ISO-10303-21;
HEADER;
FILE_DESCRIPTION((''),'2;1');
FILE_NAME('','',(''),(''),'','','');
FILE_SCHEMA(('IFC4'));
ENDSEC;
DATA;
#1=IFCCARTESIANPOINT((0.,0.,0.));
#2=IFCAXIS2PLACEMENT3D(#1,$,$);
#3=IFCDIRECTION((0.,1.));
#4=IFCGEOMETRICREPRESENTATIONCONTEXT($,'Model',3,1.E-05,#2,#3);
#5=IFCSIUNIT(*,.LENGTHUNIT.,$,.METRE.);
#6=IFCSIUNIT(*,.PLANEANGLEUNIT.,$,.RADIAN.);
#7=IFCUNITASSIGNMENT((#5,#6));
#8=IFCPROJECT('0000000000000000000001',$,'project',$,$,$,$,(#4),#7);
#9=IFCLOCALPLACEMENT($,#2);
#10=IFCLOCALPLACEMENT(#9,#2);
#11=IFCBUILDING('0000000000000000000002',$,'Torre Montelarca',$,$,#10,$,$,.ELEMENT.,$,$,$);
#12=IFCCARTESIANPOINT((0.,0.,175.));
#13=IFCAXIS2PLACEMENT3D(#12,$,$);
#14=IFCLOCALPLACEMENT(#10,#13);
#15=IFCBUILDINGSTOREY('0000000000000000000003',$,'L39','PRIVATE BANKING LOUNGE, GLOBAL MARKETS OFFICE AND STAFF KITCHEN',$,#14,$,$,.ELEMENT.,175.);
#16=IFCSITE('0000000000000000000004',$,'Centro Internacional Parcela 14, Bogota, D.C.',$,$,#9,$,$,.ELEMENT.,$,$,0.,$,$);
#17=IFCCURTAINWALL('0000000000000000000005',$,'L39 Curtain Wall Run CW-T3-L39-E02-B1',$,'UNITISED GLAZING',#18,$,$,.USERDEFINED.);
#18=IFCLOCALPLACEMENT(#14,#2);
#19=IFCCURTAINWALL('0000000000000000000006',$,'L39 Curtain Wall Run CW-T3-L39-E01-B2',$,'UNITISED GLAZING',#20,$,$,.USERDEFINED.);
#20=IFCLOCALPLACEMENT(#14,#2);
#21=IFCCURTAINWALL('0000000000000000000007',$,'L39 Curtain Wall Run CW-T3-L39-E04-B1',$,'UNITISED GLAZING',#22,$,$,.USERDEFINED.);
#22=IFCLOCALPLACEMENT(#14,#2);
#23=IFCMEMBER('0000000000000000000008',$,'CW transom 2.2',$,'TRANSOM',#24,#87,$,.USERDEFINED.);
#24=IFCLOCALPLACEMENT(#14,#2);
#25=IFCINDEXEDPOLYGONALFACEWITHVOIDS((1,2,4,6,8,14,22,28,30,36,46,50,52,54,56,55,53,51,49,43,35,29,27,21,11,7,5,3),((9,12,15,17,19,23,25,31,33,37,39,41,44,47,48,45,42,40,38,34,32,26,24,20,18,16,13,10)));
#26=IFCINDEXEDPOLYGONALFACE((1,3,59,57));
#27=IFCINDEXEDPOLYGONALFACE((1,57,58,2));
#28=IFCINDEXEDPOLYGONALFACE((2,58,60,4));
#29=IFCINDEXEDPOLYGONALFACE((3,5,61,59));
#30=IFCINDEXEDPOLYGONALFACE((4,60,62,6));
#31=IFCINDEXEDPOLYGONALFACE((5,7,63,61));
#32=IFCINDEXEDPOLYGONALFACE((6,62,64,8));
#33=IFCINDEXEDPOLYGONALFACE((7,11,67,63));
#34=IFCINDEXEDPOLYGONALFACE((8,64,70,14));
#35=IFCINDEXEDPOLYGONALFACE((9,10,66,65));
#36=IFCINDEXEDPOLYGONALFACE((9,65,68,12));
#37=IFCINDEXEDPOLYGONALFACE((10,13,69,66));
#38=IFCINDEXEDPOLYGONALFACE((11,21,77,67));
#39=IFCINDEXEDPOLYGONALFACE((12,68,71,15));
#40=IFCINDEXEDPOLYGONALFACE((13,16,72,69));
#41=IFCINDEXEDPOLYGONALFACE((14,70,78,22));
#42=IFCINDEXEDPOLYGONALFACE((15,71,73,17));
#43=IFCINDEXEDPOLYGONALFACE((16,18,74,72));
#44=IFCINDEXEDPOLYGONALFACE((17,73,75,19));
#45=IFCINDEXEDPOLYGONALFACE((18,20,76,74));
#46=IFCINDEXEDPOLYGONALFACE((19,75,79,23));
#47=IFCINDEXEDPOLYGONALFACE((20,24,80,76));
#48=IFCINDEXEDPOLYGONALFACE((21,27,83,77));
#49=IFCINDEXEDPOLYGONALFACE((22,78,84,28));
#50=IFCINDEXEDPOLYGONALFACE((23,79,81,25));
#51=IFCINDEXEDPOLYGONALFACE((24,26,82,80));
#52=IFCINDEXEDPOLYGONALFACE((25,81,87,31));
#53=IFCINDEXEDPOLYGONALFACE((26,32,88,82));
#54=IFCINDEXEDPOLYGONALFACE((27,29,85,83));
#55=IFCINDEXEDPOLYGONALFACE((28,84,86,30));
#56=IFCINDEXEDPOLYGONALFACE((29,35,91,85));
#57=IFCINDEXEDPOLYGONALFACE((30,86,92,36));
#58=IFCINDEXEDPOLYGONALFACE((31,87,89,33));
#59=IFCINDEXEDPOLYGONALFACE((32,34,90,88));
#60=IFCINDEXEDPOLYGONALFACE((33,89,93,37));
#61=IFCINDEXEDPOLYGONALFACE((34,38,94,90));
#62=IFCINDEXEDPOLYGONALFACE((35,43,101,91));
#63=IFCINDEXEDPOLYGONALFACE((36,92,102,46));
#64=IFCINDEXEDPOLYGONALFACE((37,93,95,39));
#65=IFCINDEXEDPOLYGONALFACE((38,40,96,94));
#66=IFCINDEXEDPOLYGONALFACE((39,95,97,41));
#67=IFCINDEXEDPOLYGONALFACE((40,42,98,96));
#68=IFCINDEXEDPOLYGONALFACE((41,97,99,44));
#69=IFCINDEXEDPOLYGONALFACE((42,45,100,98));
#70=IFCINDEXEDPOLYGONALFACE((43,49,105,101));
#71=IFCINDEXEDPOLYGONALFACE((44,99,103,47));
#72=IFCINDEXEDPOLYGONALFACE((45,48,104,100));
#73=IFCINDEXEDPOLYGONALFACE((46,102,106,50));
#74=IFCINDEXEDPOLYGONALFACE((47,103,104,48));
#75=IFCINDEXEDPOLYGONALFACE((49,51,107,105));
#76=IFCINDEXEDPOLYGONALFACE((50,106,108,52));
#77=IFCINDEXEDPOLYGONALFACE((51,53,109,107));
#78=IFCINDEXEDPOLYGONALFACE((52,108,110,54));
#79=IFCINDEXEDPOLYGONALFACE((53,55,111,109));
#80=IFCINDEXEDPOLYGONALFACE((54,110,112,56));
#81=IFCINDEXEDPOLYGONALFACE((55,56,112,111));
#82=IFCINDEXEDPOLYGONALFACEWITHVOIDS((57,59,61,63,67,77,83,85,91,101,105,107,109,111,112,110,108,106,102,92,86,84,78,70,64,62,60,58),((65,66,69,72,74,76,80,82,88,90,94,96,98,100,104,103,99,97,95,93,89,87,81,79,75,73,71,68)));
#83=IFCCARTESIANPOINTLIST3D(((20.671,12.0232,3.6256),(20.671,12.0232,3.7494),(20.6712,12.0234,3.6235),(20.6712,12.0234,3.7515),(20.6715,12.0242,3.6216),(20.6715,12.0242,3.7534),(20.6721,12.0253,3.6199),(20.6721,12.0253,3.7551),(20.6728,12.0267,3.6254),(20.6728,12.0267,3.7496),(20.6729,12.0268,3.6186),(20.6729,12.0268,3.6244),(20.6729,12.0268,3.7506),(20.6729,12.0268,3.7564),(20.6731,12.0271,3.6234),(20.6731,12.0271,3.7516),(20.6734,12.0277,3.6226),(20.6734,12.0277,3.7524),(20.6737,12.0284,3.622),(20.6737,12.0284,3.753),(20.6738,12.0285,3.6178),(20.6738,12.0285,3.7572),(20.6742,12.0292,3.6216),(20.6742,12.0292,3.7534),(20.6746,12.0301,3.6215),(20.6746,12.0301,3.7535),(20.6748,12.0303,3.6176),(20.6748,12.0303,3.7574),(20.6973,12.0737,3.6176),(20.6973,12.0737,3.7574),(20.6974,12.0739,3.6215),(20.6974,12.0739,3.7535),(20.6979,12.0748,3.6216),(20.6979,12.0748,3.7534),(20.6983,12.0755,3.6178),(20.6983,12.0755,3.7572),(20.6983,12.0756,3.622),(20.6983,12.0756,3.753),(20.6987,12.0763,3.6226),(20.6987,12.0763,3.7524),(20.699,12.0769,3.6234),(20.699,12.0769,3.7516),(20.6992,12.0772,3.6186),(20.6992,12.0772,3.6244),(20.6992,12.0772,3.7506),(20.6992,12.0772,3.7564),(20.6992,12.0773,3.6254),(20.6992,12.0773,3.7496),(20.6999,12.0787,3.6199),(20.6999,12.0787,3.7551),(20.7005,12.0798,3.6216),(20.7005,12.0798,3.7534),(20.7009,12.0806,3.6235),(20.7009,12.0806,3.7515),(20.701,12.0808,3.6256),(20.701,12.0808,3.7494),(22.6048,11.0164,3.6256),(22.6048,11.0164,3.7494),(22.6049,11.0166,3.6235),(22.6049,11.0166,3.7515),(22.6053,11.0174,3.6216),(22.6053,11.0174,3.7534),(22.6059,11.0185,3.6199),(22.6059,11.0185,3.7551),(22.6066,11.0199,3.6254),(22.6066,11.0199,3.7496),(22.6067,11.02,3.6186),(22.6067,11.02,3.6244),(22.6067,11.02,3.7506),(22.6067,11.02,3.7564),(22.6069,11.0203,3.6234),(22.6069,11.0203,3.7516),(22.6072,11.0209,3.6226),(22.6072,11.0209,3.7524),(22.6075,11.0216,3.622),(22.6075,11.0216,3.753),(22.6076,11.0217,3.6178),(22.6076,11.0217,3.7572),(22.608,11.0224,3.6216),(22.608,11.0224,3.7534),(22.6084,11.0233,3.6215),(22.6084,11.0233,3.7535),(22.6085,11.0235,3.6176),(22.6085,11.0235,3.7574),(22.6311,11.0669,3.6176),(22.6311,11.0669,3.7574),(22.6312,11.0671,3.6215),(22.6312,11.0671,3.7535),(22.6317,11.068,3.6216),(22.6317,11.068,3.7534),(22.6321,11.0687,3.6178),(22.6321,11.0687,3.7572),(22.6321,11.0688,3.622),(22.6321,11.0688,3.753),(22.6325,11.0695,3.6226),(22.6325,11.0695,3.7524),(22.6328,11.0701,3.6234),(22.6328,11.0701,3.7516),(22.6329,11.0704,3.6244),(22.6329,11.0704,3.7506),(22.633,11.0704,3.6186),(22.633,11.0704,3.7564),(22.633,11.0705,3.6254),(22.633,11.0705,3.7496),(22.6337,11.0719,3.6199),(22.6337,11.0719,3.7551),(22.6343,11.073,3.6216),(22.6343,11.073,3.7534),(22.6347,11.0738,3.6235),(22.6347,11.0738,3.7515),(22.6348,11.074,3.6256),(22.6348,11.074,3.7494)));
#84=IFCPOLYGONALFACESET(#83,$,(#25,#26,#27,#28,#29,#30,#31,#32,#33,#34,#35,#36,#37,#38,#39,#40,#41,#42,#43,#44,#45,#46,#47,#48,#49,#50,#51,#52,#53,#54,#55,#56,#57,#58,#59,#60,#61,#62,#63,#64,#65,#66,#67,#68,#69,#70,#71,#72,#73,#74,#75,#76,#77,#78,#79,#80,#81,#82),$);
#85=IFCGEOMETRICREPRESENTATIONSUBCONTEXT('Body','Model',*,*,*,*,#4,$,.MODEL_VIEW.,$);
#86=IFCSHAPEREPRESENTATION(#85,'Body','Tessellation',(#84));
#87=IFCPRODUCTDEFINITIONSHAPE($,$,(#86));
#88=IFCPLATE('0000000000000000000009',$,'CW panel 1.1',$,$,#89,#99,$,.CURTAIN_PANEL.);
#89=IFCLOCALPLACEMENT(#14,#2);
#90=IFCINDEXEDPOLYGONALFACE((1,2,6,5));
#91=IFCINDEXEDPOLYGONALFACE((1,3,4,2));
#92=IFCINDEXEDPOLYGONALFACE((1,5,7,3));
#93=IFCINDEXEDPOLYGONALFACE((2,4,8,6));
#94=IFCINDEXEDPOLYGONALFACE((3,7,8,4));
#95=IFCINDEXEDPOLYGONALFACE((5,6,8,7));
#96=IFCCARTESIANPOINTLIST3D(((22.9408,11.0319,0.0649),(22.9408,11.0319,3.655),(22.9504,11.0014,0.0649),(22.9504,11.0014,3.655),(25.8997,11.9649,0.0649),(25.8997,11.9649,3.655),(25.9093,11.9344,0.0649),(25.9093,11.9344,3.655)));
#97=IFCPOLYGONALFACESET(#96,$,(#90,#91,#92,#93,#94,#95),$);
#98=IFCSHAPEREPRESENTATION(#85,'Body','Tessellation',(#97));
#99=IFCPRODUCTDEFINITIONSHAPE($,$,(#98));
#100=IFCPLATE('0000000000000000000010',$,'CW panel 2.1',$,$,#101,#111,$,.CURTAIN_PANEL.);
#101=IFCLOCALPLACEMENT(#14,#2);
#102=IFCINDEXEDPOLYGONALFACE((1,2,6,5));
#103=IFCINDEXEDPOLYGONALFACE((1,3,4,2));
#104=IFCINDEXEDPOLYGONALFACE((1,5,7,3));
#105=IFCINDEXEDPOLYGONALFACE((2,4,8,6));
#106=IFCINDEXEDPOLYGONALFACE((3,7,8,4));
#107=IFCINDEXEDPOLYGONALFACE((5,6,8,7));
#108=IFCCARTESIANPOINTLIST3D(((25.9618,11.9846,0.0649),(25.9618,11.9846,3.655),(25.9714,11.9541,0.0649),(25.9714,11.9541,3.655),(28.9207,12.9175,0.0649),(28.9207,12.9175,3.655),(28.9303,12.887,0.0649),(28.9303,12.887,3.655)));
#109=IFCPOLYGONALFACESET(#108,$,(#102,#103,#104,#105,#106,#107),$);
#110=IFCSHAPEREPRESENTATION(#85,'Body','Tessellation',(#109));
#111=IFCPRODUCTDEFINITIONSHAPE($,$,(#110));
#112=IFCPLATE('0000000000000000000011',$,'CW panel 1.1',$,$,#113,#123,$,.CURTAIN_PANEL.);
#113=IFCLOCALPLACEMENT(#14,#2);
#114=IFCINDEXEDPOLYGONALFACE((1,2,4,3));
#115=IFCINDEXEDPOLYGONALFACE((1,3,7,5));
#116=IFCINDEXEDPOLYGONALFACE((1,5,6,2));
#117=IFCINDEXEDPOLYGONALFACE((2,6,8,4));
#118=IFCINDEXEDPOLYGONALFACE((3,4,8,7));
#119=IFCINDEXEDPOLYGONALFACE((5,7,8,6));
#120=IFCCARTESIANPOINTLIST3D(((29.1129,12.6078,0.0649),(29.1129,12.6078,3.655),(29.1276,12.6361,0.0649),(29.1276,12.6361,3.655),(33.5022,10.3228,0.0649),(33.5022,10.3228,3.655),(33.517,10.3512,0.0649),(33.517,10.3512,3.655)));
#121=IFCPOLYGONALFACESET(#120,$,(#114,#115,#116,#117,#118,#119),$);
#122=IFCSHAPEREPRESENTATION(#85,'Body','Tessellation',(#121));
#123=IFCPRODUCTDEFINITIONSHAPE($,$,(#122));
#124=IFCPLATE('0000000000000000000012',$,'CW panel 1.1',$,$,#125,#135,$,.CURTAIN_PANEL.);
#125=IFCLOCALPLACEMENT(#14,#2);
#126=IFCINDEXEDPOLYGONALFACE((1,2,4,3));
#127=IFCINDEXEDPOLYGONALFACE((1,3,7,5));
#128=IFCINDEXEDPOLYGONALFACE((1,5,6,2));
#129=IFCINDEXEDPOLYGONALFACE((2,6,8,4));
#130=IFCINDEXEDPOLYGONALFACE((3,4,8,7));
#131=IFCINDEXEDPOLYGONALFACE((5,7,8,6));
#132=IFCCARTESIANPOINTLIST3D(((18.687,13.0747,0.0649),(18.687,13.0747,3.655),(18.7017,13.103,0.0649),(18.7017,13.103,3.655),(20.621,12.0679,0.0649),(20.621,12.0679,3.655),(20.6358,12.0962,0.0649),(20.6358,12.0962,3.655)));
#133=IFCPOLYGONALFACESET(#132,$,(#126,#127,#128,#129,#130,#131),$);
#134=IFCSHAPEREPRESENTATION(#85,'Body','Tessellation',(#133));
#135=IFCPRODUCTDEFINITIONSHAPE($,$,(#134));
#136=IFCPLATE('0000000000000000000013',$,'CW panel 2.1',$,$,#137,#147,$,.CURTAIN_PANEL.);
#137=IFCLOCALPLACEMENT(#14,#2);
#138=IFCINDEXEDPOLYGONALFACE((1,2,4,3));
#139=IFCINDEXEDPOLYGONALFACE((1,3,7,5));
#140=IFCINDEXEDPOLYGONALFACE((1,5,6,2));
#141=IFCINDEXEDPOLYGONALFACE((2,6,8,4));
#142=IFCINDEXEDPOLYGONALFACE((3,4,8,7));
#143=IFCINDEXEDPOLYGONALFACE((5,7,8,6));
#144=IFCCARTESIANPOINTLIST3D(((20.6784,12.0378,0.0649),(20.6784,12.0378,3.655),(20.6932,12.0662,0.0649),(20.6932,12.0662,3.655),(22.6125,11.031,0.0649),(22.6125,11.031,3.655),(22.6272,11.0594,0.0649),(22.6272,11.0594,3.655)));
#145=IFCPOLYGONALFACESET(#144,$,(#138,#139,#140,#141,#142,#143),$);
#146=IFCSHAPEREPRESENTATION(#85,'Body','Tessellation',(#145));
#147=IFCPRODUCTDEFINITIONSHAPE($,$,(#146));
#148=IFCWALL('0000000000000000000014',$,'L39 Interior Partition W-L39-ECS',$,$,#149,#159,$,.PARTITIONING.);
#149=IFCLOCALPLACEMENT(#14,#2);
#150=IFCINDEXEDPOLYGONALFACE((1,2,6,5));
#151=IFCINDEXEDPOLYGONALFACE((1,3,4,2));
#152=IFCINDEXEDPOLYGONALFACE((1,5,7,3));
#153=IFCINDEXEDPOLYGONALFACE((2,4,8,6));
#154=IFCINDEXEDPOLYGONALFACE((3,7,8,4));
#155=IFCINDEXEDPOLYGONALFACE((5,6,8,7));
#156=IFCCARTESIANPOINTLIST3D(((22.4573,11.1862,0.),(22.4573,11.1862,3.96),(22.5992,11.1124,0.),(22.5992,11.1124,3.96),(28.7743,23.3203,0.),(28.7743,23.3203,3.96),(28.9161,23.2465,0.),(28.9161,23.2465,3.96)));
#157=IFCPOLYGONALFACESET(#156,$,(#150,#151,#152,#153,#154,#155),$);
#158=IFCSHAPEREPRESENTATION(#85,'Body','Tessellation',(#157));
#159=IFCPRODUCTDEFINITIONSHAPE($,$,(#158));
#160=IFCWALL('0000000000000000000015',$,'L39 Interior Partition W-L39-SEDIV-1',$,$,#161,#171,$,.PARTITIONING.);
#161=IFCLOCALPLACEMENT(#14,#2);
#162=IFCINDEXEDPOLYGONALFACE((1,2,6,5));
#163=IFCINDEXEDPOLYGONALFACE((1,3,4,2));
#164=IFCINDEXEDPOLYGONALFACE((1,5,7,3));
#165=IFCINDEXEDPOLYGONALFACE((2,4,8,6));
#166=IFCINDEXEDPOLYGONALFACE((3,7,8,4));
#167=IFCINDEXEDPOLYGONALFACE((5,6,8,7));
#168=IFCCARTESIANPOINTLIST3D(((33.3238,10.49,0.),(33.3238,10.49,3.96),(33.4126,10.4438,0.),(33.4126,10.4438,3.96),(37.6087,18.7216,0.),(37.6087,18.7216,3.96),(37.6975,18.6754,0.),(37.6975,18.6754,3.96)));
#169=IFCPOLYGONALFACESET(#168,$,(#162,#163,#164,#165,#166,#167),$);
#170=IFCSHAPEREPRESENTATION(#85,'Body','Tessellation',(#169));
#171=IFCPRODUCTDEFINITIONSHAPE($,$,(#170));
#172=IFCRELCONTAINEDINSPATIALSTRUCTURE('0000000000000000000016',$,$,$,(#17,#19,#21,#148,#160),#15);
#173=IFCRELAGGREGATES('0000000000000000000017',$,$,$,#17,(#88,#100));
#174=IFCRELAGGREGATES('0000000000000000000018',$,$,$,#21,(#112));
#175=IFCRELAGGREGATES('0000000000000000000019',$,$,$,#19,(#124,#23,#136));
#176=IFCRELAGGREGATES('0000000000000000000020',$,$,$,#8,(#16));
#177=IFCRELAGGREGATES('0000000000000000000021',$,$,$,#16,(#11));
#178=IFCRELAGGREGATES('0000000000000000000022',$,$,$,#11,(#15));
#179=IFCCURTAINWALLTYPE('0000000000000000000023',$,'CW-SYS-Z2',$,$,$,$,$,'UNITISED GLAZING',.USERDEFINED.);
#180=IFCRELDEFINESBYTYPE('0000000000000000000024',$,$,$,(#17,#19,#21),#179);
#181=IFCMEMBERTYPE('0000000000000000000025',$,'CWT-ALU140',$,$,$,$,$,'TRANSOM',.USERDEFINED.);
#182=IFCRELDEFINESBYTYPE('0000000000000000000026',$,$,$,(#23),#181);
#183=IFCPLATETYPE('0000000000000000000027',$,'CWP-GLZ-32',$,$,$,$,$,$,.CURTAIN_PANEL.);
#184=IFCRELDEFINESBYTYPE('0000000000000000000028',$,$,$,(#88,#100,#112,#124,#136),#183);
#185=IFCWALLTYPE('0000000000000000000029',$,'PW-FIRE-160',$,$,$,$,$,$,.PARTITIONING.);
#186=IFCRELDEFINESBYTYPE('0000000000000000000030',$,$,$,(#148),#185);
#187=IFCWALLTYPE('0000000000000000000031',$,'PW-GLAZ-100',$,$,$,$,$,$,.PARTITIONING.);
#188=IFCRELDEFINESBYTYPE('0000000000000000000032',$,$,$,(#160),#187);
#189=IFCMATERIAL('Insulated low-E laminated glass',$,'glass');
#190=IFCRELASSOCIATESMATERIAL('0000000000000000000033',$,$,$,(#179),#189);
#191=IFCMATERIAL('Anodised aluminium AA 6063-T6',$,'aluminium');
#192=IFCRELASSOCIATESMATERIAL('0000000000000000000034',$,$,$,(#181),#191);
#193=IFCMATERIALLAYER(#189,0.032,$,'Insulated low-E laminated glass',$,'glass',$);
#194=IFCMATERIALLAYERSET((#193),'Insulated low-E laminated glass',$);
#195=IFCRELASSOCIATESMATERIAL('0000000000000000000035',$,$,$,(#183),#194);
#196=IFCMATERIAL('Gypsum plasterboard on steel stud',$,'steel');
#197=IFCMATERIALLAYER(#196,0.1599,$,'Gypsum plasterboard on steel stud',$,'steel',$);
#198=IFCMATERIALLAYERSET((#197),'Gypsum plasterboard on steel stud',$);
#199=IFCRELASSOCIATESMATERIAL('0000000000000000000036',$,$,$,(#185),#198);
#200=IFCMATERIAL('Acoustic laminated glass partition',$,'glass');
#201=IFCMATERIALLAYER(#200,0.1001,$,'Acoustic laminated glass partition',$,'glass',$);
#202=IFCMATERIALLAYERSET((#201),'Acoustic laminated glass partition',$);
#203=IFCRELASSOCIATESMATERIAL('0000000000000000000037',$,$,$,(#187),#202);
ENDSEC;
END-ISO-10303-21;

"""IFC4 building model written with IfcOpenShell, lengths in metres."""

from ifc_helpers import new_model, si_unit, direction, frame, frame_2d, origin, origin_2d, place, context, subcontext, project, spatial, rectangle, hollow_rectangle, extrude, source, transform, mapped, material, layer, layer_set, material_profile, profile_set, type_object, element, aggregate, save


model = new_model("IFC4")

# Units and contexts
model_context = context("Model", 3, precision=1e-05, world=origin(), true_north=direction((0.0, 1.0)))
body_context = subcontext(model_context, "Body", "Model", "MODEL_VIEW")
ifc_project = project(units=[si_unit("LENGTHUNIT", "METRE"), si_unit("PLANEANGLEUNIT", "RADIAN")], contexts=[model_context])

# Site, building, storey
site_placement = place(None, origin())
site = spatial("IfcSite", under=ifc_project, at=site_placement, Name="Centro Internacional Parcela 14, Bogota, D.C.", CompositionType="ELEMENT", RefElevation=0.0)
building_placement = place(site_placement, origin())
building = spatial("IfcBuilding", under=site, at=building_placement, Name="Torre Montelarca", CompositionType="ELEMENT")
storey_placement = place(building_placement, frame((0.0, 0.0, 175.0)))
storey = spatial("IfcBuildingStorey", under=building, at=storey_placement, Name="L39", Description="PRIVATE BANKING LOUNGE, GLOBAL MARKETS OFFICE AND STAFF KITCHEN", CompositionType="ELEMENT", Elevation=175.0)

# Curtain walls
ifc_material_1 = material(Name="Insulated low-E laminated glass", Category="glass")
curtain_wall_type = type_object("IfcCurtainWallType", Name="CW-SYS-Z2", ElementType="UNITISED GLAZING", PredefinedType="USERDEFINED", material=ifc_material_1)
curtain_wall_1_placement = place(storey_placement, origin())
curtain_wall_1 = element("IfcCurtainWall", 1, at=curtain_wall_1_placement, inside=storey, type_object=curtain_wall_type, Name="L39 Curtain Wall Run CW-T3-L39-E02-B1", ObjectType="UNITISED GLAZING", PredefinedType="USERDEFINED")
ifc_material_2 = material(Name="Anodised aluminium AA 6063-T6", Category="aluminium")
ifc_material_profile_1 = material_profile(ifc_material_2, hollow_rectangle(XDim=0.0649, YDim=0.1399, WallThickness=0.0039, InnerFilletRadius=0.0039, OuterFilletRadius=0.0081, at=origin_2d()), Name="ALU65X140X4", Category="aluminium")
ifc_profile_set_1 = profile_set([ifc_material_profile_1], Name="Anodised aluminium AA 6063-T6")
member_type_1 = type_object("IfcMemberType", Name="CWT-ALU140", ElementType="TRANSOM", PredefinedType="USERDEFINED", material=ifc_profile_set_1)
curtain_wall_2_placement = place(storey_placement, origin())
curtain_wall_2 = element("IfcCurtainWall", 2, at=curtain_wall_2_placement, inside=storey, type_object=curtain_wall_type, Name="L39 Curtain Wall Run CW-T3-L39-E01-B2", ObjectType="UNITISED GLAZING", PredefinedType="USERDEFINED")

# Curtain wall
curtain_wall_3_placement = place(storey_placement, origin())
curtain_wall_3 = element("IfcCurtainWall", 3, at=curtain_wall_3_placement, inside=storey, type_object=curtain_wall_type, Name="L39 Curtain Wall Run CW-T3-L39-E04-B1", ObjectType="UNITISED GLAZING", PredefinedType="USERDEFINED")

# Member
shared_shape_1 = source(origin(), body_context, "Body", "SweptSolid", [
    extrude(hollow_rectangle(XDim=0.0649, YDim=0.1399, WallThickness=0.0039, InnerFilletRadius=0.0039, OuterFilletRadius=0.0081, at=origin_2d()), origin(), (0.0, 0.0, 1.0), 2.1802),
])
member_1_placement = place(storey_placement, frame((20.686, 12.052, 3.6875), z_axis=(0.886984, -0.4618, 0.0), x_axis=(0.4618, 0.886984, 0.0)))
member_1 = element("IfcMember", 4, at=member_1_placement, type_object=member_type_1, Name="CW transom 2.2", ObjectType="TRANSOM", PredefinedType="USERDEFINED", context=body_context, shape_type="MappedRepresentation", body=[
    mapped(shared_shape_1, transform((0.0, 0.0, 0.0), scale=1.0)),
])

# Plates
ifc_layer_1 = layer(ifc_material_1, 0.032, Name="Insulated low-E laminated glass", Category="glass")
ifc_layer_set_1 = layer_set([ifc_layer_1], Name="Insulated low-E laminated glass")
plate_type = type_object("IfcPlateType", Name="CWP-GLZ-32", PredefinedType="CURTAIN_PANEL", material=ifc_layer_set_1)
shared_shape_2 = source(origin(), body_context, "Body", "SweptSolid", [
    extrude(rectangle(XDim=3.1025, YDim=0.032, at=origin_2d()), origin(), (0.0, 0.0, 1.0), 3.5901),
])
plate_1_placement = place(storey_placement, frame((24.425, 11.4832, 0.0649), z_axis=(0.0, 0.0, 1.0), x_axis=(0.953718, 0.300703, 0.0)))
plate_1 = element("IfcPlate", 5, at=plate_1_placement, type_object=plate_type, Name="CW panel 1.1", PredefinedType="CURTAIN_PANEL", context=body_context, shape_type="MappedRepresentation", body=[
    mapped(shared_shape_2, transform((0.0, 0.0, 0.0), scale=1.0)),
])
plate_2_placement = place(storey_placement, frame((27.446, 12.4358, 0.0649), z_axis=(0.0, 0.0, 1.0), x_axis=(0.953718, 0.300703, 0.0)))
plate_2 = element("IfcPlate", 6, at=plate_2_placement, type_object=plate_type, Name="CW panel 2.1", PredefinedType="CURTAIN_PANEL", context=body_context, shape_type="MappedRepresentation", body=[
    mapped(shared_shape_2, transform((0.0, 0.0, 0.0), scale=1.0)),
])
aggregate(curtain_wall_1, [plate_1, plate_2])
shared_shape_3 = source(origin(), body_context, "Body", "SweptSolid", [
    extrude(rectangle(XDim=4.9485, YDim=0.032, at=origin_2d()), origin(), (0.0, 0.0, 1.0), 3.5901),
])
plate_3_placement = place(storey_placement, frame((31.3149, 11.4795, 0.0649), z_axis=(0.0, 0.0, 1.0), x_axis=(0.887013, -0.461744, 0.0)))
plate_3 = element("IfcPlate", 7, at=plate_3_placement, type_object=plate_type, Name="CW panel 1.1", PredefinedType="CURTAIN_PANEL", context=body_context, shape_type="MappedRepresentation", body=[
    mapped(shared_shape_3, transform((0.0, 0.0, 0.0), scale=1.0)),
])
aggregate(curtain_wall_3, [plate_3])
shared_shape_4 = source(origin(), body_context, "Body", "SweptSolid", [
    extrude(rectangle(XDim=2.1804, YDim=0.032, at=origin_2d()), origin(), (0.0, 0.0, 1.0), 3.5901),
])
plate_4_placement = place(storey_placement, frame((19.6614, 12.5854, 0.0649), z_axis=(0.0, 0.0, 1.0), x_axis=(0.887012, -0.461747, 0.0)))
plate_4 = element("IfcPlate", 8, at=plate_4_placement, type_object=plate_type, Name="CW panel 1.1", PredefinedType="CURTAIN_PANEL", context=body_context, shape_type="MappedRepresentation", body=[
    mapped(shared_shape_4, transform((0.0, 0.0, 0.0), scale=1.0)),
])
plate_5_placement = place(storey_placement, frame((21.6528, 11.5486, 0.0649), z_axis=(0.0, 0.0, 1.0), x_axis=(0.887012, -0.461747, 0.0)))
plate_5 = element("IfcPlate", 9, at=plate_5_placement, type_object=plate_type, Name="CW panel 2.1", PredefinedType="CURTAIN_PANEL", context=body_context, shape_type="MappedRepresentation", body=[
    mapped(shared_shape_4, transform((0.0, 0.0, 0.0), scale=1.0)),
])
aggregate(curtain_wall_2, [plate_4, member_1, plate_5])

# Walls
ifc_material_3 = material(Name="Gypsum plasterboard on steel stud", Category="steel")
ifc_layer_2 = layer(ifc_material_3, 0.1599, Name="Gypsum plasterboard on steel stud", Category="steel")
ifc_layer_set_2 = layer_set([ifc_layer_2], Name="Gypsum plasterboard on steel stud")
wall_type_1 = type_object("IfcWallType", Name="PW-FIRE-160", PredefinedType="PARTITIONING", material=ifc_layer_set_2)
wall_1_placement = place(storey_placement, frame((22.5283, 11.1494, 0.0), z_axis=(0.0, 0.0, 1.0), x_axis=(0.461767, 0.887001, 0.0)))
element("IfcWall", 10, at=wall_1_placement, inside=storey, type_object=wall_type_1, Name="L39 Interior Partition W-L39-ECS", PredefinedType="PARTITIONING", context=body_context, shape_type="SweptSolid", body=[
    extrude(rectangle(XDim=13.6799, YDim=0.1599, at=frame_2d((6.8398, 0.0))), origin(), (0.0, 0.0, 1.0), 3.96),
])
ifc_material_4 = material(Name="Acoustic laminated glass partition", Category="glass")
ifc_layer_3 = layer(ifc_material_4, 0.1001, Name="Acoustic laminated glass partition", Category="glass")
ifc_layer_set_3 = layer_set([ifc_layer_3], Name="Acoustic laminated glass partition")
wall_type_2 = type_object("IfcWallType", Name="PW-GLAZ-100", PredefinedType="PARTITIONING", material=ifc_layer_set_3)
wall_2_placement = place(storey_placement, frame((33.3682, 10.4668, 0.0), z_axis=(0.0, 0.0, 1.0), x_axis=(0.461729, 0.887021, 0.0)))
element("IfcWall", 11, at=wall_2_placement, inside=storey, type_object=wall_type_2, Name="L39 Interior Partition W-L39-SEDIV-1", PredefinedType="PARTITIONING", context=body_context, shape_type="SweptSolid", body=[
    extrude(rectangle(XDim=9.28, YDim=0.1001, at=frame_2d((4.6401, 0.0))), origin(), (0.0, 0.0, 1.0), 3.96),
])

save(model, "model.ifc")
